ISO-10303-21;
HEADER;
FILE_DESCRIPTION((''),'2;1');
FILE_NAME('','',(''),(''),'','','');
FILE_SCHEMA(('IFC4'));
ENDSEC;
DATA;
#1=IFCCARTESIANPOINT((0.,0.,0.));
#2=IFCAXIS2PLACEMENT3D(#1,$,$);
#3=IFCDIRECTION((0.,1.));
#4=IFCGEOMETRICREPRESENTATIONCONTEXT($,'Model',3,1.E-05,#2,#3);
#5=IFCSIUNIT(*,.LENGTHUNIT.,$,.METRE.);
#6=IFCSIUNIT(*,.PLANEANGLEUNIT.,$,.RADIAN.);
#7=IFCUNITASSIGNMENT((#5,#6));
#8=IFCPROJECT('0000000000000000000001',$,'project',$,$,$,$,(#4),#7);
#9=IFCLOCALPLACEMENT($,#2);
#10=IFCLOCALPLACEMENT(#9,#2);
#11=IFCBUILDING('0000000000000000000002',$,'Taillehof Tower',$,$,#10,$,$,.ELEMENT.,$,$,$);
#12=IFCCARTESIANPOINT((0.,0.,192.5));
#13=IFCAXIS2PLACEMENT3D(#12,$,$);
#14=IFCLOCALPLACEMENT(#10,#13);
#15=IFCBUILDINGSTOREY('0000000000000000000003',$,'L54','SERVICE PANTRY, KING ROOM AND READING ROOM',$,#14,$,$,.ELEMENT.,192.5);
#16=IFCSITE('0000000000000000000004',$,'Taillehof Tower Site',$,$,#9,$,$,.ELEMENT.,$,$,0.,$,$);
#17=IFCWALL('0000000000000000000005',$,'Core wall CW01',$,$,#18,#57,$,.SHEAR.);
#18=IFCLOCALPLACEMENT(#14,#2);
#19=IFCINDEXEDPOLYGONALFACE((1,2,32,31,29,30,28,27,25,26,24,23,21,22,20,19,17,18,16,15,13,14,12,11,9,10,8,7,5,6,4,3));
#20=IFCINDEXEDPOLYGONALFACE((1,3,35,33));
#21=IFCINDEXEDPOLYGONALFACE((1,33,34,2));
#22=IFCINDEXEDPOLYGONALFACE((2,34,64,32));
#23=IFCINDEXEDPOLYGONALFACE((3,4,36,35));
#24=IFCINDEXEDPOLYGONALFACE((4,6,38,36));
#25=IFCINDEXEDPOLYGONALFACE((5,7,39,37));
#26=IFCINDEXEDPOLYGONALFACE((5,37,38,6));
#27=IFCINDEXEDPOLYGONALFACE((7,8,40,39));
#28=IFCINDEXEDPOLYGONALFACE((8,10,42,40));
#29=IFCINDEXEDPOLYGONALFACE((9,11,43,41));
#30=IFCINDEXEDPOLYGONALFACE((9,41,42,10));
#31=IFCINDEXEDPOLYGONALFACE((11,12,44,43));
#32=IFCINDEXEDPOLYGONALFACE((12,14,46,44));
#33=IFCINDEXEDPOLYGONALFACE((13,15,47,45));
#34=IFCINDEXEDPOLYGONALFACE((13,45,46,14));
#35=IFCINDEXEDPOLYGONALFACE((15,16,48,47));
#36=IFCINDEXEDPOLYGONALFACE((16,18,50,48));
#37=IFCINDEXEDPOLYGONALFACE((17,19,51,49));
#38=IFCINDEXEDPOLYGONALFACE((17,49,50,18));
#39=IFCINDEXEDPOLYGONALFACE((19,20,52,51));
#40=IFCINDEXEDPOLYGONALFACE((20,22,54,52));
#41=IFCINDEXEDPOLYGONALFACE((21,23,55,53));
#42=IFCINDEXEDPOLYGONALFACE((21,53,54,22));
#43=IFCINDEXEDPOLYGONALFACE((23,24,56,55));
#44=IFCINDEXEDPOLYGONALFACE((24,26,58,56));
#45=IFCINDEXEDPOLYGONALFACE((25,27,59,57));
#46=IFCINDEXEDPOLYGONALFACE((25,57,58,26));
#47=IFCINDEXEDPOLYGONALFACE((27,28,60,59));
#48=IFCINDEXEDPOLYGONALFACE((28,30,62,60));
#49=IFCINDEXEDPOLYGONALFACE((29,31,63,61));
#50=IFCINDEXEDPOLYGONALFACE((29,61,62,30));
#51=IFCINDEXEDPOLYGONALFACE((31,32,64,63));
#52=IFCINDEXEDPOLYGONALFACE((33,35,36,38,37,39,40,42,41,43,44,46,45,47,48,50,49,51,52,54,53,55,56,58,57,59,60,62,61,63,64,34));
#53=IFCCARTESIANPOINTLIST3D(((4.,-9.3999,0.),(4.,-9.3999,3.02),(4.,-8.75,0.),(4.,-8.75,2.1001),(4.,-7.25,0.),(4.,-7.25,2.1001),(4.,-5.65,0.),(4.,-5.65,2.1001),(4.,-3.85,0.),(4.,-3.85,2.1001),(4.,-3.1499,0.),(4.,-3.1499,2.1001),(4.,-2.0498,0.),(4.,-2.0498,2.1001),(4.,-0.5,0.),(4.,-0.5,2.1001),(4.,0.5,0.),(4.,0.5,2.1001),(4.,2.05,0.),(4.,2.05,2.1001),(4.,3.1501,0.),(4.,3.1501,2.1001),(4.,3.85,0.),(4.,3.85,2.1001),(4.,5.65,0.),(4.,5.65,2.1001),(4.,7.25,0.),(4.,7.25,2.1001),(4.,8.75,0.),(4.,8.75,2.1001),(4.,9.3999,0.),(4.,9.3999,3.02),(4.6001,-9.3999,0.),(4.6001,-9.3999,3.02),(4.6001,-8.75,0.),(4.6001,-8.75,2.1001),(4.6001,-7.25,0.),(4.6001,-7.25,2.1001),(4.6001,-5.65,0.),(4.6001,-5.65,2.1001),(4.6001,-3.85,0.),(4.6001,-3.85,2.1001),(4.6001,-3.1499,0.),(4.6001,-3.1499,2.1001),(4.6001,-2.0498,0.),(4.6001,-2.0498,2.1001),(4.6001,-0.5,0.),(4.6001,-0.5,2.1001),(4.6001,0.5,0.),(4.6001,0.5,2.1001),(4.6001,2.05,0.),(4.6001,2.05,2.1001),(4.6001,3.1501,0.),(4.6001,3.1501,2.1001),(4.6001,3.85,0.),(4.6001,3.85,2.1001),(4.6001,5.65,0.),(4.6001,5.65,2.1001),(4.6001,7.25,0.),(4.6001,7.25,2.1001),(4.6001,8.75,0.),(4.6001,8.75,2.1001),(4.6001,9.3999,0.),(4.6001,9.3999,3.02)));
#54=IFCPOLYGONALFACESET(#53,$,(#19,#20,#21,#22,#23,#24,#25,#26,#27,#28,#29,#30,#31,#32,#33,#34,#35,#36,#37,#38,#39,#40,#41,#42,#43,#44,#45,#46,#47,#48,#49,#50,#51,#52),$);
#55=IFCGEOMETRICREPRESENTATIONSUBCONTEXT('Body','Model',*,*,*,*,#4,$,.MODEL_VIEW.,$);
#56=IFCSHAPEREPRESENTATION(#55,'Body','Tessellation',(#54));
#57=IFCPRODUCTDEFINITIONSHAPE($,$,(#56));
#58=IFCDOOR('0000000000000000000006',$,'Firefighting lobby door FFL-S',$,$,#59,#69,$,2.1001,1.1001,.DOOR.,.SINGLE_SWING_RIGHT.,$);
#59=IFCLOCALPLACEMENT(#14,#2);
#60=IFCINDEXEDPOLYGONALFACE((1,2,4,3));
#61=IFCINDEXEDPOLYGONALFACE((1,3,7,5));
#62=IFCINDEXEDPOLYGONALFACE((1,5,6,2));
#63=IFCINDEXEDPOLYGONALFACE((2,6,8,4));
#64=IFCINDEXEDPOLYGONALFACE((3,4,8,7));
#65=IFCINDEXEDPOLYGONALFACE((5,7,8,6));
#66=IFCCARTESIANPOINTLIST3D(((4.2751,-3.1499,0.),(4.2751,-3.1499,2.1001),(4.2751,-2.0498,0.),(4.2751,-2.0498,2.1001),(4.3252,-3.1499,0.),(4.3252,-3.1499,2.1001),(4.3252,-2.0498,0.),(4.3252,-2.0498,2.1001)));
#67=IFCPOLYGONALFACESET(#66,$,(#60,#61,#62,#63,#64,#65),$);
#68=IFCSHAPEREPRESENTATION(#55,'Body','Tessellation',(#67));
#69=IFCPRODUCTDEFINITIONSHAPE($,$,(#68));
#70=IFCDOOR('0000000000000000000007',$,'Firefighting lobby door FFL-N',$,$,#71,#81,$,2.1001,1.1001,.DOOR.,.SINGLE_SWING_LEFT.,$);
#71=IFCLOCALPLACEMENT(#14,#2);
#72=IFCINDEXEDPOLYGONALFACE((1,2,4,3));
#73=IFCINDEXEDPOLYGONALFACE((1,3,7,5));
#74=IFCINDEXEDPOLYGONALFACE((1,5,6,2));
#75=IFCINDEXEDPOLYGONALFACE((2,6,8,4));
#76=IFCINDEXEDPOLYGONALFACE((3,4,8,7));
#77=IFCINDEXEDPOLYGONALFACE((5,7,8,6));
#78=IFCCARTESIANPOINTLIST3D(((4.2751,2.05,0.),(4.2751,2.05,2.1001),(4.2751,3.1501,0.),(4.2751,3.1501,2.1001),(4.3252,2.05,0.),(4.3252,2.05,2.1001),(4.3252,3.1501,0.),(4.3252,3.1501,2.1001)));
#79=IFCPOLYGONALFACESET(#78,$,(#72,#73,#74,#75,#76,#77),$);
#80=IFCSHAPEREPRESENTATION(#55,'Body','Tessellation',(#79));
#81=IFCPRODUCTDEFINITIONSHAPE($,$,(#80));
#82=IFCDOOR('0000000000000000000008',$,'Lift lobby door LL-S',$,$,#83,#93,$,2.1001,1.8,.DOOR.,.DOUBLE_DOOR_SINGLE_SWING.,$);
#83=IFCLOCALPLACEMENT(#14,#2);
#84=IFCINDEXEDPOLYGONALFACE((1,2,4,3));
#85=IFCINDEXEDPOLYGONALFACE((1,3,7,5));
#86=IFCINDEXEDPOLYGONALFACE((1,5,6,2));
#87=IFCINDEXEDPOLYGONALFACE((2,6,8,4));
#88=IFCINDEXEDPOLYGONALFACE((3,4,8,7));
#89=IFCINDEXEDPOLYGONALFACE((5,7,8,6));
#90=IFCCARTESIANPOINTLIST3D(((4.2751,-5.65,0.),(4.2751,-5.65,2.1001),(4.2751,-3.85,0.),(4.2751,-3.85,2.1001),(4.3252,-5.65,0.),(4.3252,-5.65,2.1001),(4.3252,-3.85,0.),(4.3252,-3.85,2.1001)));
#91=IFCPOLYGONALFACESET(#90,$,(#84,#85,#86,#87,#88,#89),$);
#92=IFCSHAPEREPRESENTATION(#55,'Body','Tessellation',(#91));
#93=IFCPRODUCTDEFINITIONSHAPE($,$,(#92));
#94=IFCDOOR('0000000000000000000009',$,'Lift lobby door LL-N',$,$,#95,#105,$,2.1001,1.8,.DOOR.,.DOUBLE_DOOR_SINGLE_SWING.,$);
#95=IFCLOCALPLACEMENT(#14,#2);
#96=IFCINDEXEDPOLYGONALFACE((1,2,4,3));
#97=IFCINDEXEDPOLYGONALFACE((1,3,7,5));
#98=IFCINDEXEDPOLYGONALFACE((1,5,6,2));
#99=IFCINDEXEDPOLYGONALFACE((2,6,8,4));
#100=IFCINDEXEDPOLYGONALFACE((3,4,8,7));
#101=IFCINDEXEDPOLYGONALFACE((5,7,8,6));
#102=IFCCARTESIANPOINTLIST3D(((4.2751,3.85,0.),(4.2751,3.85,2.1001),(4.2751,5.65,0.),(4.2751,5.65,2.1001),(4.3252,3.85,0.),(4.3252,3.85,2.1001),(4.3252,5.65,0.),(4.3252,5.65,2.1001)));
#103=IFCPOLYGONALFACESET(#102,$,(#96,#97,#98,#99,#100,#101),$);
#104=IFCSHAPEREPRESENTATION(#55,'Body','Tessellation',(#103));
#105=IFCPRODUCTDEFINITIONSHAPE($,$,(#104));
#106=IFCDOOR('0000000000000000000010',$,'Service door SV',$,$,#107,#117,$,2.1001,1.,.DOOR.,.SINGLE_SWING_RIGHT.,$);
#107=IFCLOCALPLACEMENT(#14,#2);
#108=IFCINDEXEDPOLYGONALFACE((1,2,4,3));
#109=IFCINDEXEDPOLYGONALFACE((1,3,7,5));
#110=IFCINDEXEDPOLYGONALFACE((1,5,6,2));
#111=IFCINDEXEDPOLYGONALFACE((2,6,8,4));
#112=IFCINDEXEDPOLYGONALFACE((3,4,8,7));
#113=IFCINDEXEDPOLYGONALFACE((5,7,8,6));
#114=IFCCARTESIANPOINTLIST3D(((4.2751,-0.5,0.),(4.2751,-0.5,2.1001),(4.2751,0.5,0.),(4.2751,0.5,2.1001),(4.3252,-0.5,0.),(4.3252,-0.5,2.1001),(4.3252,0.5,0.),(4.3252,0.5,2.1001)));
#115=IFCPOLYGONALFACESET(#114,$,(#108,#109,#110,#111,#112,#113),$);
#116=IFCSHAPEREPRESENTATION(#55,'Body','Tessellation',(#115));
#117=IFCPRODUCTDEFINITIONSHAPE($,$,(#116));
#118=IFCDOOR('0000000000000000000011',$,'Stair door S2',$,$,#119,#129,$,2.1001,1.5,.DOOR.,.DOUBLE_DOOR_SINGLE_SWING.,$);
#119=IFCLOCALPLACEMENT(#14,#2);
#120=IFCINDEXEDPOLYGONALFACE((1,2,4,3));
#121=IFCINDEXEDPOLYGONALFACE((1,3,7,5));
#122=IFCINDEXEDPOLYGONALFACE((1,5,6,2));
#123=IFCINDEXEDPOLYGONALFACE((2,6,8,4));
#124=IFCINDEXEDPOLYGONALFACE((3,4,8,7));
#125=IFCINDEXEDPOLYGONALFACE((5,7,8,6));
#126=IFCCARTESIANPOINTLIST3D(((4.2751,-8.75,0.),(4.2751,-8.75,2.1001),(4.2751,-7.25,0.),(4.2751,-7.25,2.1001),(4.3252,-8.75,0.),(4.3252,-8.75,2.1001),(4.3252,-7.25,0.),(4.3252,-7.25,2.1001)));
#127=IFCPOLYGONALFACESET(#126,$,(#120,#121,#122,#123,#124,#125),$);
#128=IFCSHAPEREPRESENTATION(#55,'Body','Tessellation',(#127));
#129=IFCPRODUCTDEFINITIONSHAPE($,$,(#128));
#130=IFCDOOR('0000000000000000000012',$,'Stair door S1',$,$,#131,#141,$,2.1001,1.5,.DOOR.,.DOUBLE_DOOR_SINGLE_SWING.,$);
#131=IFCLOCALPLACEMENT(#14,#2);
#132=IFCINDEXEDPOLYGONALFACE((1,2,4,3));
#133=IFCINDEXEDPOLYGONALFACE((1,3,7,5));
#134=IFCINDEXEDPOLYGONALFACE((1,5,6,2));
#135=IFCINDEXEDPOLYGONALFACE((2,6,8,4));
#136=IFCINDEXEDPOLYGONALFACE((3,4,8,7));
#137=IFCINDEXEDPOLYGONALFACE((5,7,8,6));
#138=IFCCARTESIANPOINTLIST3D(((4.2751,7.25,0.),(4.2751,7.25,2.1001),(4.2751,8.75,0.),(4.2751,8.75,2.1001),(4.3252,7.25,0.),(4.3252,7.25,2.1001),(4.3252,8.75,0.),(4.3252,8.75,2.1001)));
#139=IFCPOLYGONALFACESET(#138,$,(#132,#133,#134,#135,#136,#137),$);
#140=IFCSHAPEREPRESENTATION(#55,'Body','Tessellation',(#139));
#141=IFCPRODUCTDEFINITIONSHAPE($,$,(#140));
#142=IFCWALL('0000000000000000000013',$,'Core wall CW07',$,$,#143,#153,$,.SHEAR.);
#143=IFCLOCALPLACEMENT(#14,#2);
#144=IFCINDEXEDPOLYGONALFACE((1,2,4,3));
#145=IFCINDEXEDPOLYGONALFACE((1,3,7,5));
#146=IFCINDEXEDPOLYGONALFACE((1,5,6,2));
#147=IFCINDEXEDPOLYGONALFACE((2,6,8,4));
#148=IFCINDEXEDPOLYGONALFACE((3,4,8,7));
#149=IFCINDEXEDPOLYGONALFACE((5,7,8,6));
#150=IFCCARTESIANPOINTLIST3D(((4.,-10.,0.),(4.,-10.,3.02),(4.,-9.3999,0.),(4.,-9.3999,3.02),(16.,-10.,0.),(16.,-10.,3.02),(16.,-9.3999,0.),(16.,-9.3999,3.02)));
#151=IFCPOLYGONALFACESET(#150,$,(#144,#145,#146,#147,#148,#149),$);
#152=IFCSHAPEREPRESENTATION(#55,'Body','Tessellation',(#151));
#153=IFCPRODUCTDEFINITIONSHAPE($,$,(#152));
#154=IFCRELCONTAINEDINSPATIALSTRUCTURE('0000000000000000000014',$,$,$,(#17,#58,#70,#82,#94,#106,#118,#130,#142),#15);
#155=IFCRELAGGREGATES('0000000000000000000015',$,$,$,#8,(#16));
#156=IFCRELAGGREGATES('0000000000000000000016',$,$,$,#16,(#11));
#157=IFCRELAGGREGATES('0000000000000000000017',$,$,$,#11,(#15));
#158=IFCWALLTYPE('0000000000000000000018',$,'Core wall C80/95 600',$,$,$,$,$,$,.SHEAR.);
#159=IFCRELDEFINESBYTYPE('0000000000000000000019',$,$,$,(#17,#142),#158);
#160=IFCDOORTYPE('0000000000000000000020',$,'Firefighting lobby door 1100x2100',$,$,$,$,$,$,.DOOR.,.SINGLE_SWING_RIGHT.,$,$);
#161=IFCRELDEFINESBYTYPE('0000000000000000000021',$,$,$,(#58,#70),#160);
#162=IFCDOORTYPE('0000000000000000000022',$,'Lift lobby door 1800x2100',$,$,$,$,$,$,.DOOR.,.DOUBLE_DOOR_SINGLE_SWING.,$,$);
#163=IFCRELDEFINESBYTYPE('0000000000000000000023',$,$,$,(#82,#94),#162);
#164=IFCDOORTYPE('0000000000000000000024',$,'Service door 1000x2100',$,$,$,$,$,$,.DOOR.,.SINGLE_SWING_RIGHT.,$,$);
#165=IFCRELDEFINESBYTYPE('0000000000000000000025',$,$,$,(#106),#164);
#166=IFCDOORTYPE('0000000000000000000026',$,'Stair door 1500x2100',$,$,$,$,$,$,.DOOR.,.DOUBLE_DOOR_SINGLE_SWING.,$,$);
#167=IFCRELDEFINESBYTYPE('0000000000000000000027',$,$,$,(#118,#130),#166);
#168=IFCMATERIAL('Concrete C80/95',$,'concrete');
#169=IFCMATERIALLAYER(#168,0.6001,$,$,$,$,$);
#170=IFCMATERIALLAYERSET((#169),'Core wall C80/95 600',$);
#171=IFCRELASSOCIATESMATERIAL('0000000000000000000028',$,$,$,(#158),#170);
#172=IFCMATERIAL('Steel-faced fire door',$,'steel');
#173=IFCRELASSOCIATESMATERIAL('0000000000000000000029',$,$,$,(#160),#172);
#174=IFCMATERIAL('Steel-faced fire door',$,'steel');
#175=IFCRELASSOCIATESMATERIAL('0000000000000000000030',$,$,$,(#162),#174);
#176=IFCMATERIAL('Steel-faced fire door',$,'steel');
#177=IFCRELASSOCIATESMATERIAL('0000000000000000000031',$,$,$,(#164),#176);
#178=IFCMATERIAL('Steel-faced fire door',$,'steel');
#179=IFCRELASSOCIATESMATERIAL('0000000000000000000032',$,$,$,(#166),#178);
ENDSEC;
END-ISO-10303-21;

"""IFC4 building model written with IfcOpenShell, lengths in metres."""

from ifc_helpers import new_model, si_unit, direction, frame, frame_2d, origin, place, context, subcontext, project, spatial, rectangle, extrude, material, layer, layer_set, type_object, element, fill, save


model = new_model("IFC4")

# Units and contexts
model_context = context("Model", 3, precision=1e-05, world=origin(), true_north=direction((0.0, 1.0)))
body_context = subcontext(model_context, "Body", "Model", "MODEL_VIEW")
ifc_project = project(units=[si_unit("LENGTHUNIT", "METRE"), si_unit("PLANEANGLEUNIT", "RADIAN")], contexts=[model_context])

# Site, building, storey
site_placement = place(None, origin())
site = spatial("IfcSite", under=ifc_project, at=site_placement, Name="Taillehof Tower Site", CompositionType="ELEMENT", RefElevation=0.0)
building_placement = place(site_placement, origin())
building = spatial("IfcBuilding", under=site, at=building_placement, Name="Taillehof Tower", CompositionType="ELEMENT")
storey_placement = place(building_placement, frame((0.0, 0.0, 192.5)))
storey = spatial("IfcBuildingStorey", under=building, at=storey_placement, Name="L54", Description="SERVICE PANTRY, KING ROOM AND READING ROOM", CompositionType="ELEMENT", Elevation=192.5)

# Wall, openings, doors
ifc_material_1 = material(Name="Concrete C80/95", Category="concrete")
ifc_layer_1 = layer(ifc_material_1, 0.6001)
ifc_layer_set_1 = layer_set([ifc_layer_1], Name="Core wall C80/95 600")
wall_type_1 = type_object("IfcWallType", Name="Core wall C80/95 600", PredefinedType="SHEAR", material=ifc_layer_set_1)
wall_1_placement = place(storey_placement, frame((4.3, -9.3999, 0.0), z_axis=(0.0, 0.0, 1.0), x_axis=(0.0, 1.0, 0.0)))
wall_1 = element("IfcWall", 1, at=wall_1_placement, inside=storey, type_object=wall_type_1, Name="Core wall CW01", PredefinedType="SHEAR", context=body_context, shape_type="SweptSolid", body=[
    extrude(rectangle(XDim=18.7998, YDim=0.6001, at=frame_2d((9.3999, 0.0))), origin(), (0.0, 0.0, 1.0), 3.02),
])
opening_1_placement = place(wall_1_placement, frame((0.6499, 0.0, 0.0)))
opening_1 = element("IfcOpeningElement", 2, at=opening_1_placement, cuts=wall_1, PredefinedType="OPENING", context=body_context, shape_type="SweptSolid", body=[
    extrude(rectangle(XDim=1.5, YDim=2.1001, at=frame_2d((0.75, 1.05))), frame((0.0, 0.3101, 0.0), z_axis=(0.0, -1.0, 0.0), x_axis=(1.0, 0.0, 0.0)), (0.0, 0.0, 1.0), 0.6201),
])
opening_2_placement = place(wall_1_placement, frame((3.75, 0.0, 0.0)))
opening_2 = element("IfcOpeningElement", 3, at=opening_2_placement, cuts=wall_1, PredefinedType="OPENING", context=body_context, shape_type="SweptSolid", body=[
    extrude(rectangle(XDim=1.8, YDim=2.1001, at=frame_2d((0.8999, 1.05))), frame((0.0, 0.3101, 0.0), z_axis=(0.0, -1.0, 0.0), x_axis=(1.0, 0.0, 0.0)), (0.0, 0.0, 1.0), 0.6201),
])
opening_3_placement = place(wall_1_placement, frame((6.25, 0.0, 0.0)))
opening_3 = element("IfcOpeningElement", 4, at=opening_3_placement, cuts=wall_1, PredefinedType="OPENING", context=body_context, shape_type="SweptSolid", body=[
    extrude(rectangle(XDim=1.1001, YDim=2.1001, at=frame_2d((0.55, 1.05))), frame((0.0, 0.3101, 0.0), z_axis=(0.0, -1.0, 0.0), x_axis=(1.0, 0.0, 0.0)), (0.0, 0.0, 1.0), 0.6201),
])
opening_4_placement = place(wall_1_placement, frame((8.8999, 0.0, 0.0)))
opening_4 = element("IfcOpeningElement", 5, at=opening_4_placement, cuts=wall_1, PredefinedType="OPENING", context=body_context, shape_type="SweptSolid", body=[
    extrude(rectangle(XDim=1.0, YDim=2.1001, at=frame_2d((0.5, 1.05))), frame((0.0, 0.3101, 0.0), z_axis=(0.0, -1.0, 0.0), x_axis=(1.0, 0.0, 0.0)), (0.0, 0.0, 1.0), 0.6201),
])
opening_5_placement = place(wall_1_placement, frame((11.45, 0.0, 0.0)))
opening_5 = element("IfcOpeningElement", 6, at=opening_5_placement, cuts=wall_1, PredefinedType="OPENING", context=body_context, shape_type="SweptSolid", body=[
    extrude(rectangle(XDim=1.1001, YDim=2.1001, at=frame_2d((0.55, 1.05))), frame((0.0, 0.3101, 0.0), z_axis=(0.0, -1.0, 0.0), x_axis=(1.0, 0.0, 0.0)), (0.0, 0.0, 1.0), 0.6201),
])
opening_6_placement = place(wall_1_placement, frame((13.25, 0.0, 0.0)))
opening_6 = element("IfcOpeningElement", 7, at=opening_6_placement, cuts=wall_1, PredefinedType="OPENING", context=body_context, shape_type="SweptSolid", body=[
    extrude(rectangle(XDim=1.8, YDim=2.1001, at=frame_2d((0.8999, 1.05))), frame((0.0, 0.3101, 0.0), z_axis=(0.0, -1.0, 0.0), x_axis=(1.0, 0.0, 0.0)), (0.0, 0.0, 1.0), 0.6201),
])
opening_7_placement = place(wall_1_placement, frame((16.6499, 0.0, 0.0)))
opening_7 = element("IfcOpeningElement", 8, at=opening_7_placement, cuts=wall_1, PredefinedType="OPENING", context=body_context, shape_type="SweptSolid", body=[
    extrude(rectangle(XDim=1.5, YDim=2.1001, at=frame_2d((0.75, 1.05))), frame((0.0, 0.3101, 0.0), z_axis=(0.0, -1.0, 0.0), x_axis=(1.0, 0.0, 0.0)), (0.0, 0.0, 1.0), 0.6201),
])
ifc_material_2 = material(Name="Steel-faced fire door", Category="steel")
door_type_1 = type_object("IfcDoorType", Name="Firefighting lobby door 1100x2100", OperationType="SINGLE_SWING_RIGHT", PredefinedType="DOOR", material=ifc_material_2)
door_1_placement = place(opening_3_placement, origin())
door_1 = element("IfcDoor", 9, at=door_1_placement, inside=storey, type_object=door_type_1, Name="Firefighting lobby door FFL-S", OperationType="SINGLE_SWING_RIGHT", OverallHeight=2.1001, OverallWidth=1.1001, PredefinedType="DOOR", context=body_context, shape_type="SweptSolid", body=[
    extrude(rectangle(XDim=1.1001, YDim=2.1001, at=frame_2d((0.55, 1.05))), frame((0.0, 0.0249, 0.0), z_axis=(0.0, -1.0, 0.0), x_axis=(1.0, 0.0, 0.0)), (0.0, 0.0, 1.0), 0.05),
])
fill(opening_3, door_1)
door_2_placement = place(opening_5_placement, origin())
door_2 = element("IfcDoor", 10, at=door_2_placement, inside=storey, type_object=door_type_1, Name="Firefighting lobby door FFL-N", OperationType="SINGLE_SWING_LEFT", OverallHeight=2.1001, OverallWidth=1.1001, PredefinedType="DOOR", context=body_context, shape_type="SweptSolid", body=[
    extrude(rectangle(XDim=1.1001, YDim=2.1001, at=frame_2d((0.55, 1.05))), frame((0.0, 0.0249, 0.0), z_axis=(0.0, -1.0, 0.0), x_axis=(1.0, 0.0, 0.0)), (0.0, 0.0, 1.0), 0.05),
])
fill(opening_5, door_2)
ifc_material_3 = material(Name="Steel-faced fire door", Category="steel")
door_type_2 = type_object("IfcDoorType", Name="Lift lobby door 1800x2100", OperationType="DOUBLE_DOOR_SINGLE_SWING", PredefinedType="DOOR", material=ifc_material_3)
door_3_placement = place(opening_2_placement, origin())
door_3 = element("IfcDoor", 11, at=door_3_placement, inside=storey, type_object=door_type_2, Name="Lift lobby door LL-S", OperationType="DOUBLE_DOOR_SINGLE_SWING", OverallHeight=2.1001, OverallWidth=1.8, PredefinedType="DOOR", context=body_context, shape_type="SweptSolid", body=[
    extrude(rectangle(XDim=1.8, YDim=2.1001, at=frame_2d((0.8999, 1.05))), frame((0.0, 0.0249, 0.0), z_axis=(0.0, -1.0, 0.0), x_axis=(1.0, 0.0, 0.0)), (0.0, 0.0, 1.0), 0.05),
])
fill(opening_2, door_3)
door_4_placement = place(opening_6_placement, origin())
door_4 = element("IfcDoor", 12, at=door_4_placement, inside=storey, type_object=door_type_2, Name="Lift lobby door LL-N", OperationType="DOUBLE_DOOR_SINGLE_SWING", OverallHeight=2.1001, OverallWidth=1.8, PredefinedType="DOOR", context=body_context, shape_type="SweptSolid", body=[
    extrude(rectangle(XDim=1.8, YDim=2.1001, at=frame_2d((0.8999, 1.05))), frame((0.0, 0.0249, 0.0), z_axis=(0.0, -1.0, 0.0), x_axis=(1.0, 0.0, 0.0)), (0.0, 0.0, 1.0), 0.05),
])
fill(opening_6, door_4)
ifc_material_4 = material(Name="Steel-faced fire door", Category="steel")
door_type_3 = type_object("IfcDoorType", Name="Service door 1000x2100", OperationType="SINGLE_SWING_RIGHT", PredefinedType="DOOR", material=ifc_material_4)
door_5_placement = place(opening_4_placement, origin())
door_5 = element("IfcDoor", 13, at=door_5_placement, inside=storey, type_object=door_type_3, Name="Service door SV", OperationType="SINGLE_SWING_RIGHT", OverallHeight=2.1001, OverallWidth=1.0, PredefinedType="DOOR", context=body_context, shape_type="SweptSolid", body=[
    extrude(rectangle(XDim=1.0, YDim=2.1001, at=frame_2d((0.5, 1.05))), frame((0.0, 0.0249, 0.0), z_axis=(0.0, -1.0, 0.0), x_axis=(1.0, 0.0, 0.0)), (0.0, 0.0, 1.0), 0.05),
])
fill(opening_4, door_5)
ifc_material_5 = material(Name="Steel-faced fire door", Category="steel")
door_type_4 = type_object("IfcDoorType", Name="Stair door 1500x2100", OperationType="DOUBLE_DOOR_SINGLE_SWING", PredefinedType="DOOR", material=ifc_material_5)
door_6_placement = place(opening_1_placement, origin())
door_6 = element("IfcDoor", 14, at=door_6_placement, inside=storey, type_object=door_type_4, Name="Stair door S2", OperationType="DOUBLE_DOOR_SINGLE_SWING", OverallHeight=2.1001, OverallWidth=1.5, PredefinedType="DOOR", context=body_context, shape_type="SweptSolid", body=[
    extrude(rectangle(XDim=1.5, YDim=2.1001, at=frame_2d((0.75, 1.05))), frame((0.0, 0.0249, 0.0), z_axis=(0.0, -1.0, 0.0), x_axis=(1.0, 0.0, 0.0)), (0.0, 0.0, 1.0), 0.05),
])
fill(opening_1, door_6)
door_7_placement = place(opening_7_placement, origin())
door_7 = element("IfcDoor", 15, at=door_7_placement, inside=storey, type_object=door_type_4, Name="Stair door S1", OperationType="DOUBLE_DOOR_SINGLE_SWING", OverallHeight=2.1001, OverallWidth=1.5, PredefinedType="DOOR", context=body_context, shape_type="SweptSolid", body=[
    extrude(rectangle(XDim=1.5, YDim=2.1001, at=frame_2d((0.75, 1.05))), frame((0.0, 0.0249, 0.0), z_axis=(0.0, -1.0, 0.0), x_axis=(1.0, 0.0, 0.0)), (0.0, 0.0, 1.0), 0.05),
])
fill(opening_7, door_7)

# Wall
wall_2_placement = place(storey_placement, frame((4.0, -9.7, 0.0), z_axis=(0.0, 0.0, 1.0), x_axis=(1.0, 0.0, 0.0)))
element("IfcWall", 16, at=wall_2_placement, inside=storey, type_object=wall_type_1, Name="Core wall CW07", PredefinedType="SHEAR", context=body_context, shape_type="SweptSolid", body=[
    extrude(rectangle(XDim=12.0, YDim=0.6001, at=frame_2d((6.0, 0.0))), origin(), (0.0, 0.0, 1.0), 3.02),
])

save(model, "model.ifc")
